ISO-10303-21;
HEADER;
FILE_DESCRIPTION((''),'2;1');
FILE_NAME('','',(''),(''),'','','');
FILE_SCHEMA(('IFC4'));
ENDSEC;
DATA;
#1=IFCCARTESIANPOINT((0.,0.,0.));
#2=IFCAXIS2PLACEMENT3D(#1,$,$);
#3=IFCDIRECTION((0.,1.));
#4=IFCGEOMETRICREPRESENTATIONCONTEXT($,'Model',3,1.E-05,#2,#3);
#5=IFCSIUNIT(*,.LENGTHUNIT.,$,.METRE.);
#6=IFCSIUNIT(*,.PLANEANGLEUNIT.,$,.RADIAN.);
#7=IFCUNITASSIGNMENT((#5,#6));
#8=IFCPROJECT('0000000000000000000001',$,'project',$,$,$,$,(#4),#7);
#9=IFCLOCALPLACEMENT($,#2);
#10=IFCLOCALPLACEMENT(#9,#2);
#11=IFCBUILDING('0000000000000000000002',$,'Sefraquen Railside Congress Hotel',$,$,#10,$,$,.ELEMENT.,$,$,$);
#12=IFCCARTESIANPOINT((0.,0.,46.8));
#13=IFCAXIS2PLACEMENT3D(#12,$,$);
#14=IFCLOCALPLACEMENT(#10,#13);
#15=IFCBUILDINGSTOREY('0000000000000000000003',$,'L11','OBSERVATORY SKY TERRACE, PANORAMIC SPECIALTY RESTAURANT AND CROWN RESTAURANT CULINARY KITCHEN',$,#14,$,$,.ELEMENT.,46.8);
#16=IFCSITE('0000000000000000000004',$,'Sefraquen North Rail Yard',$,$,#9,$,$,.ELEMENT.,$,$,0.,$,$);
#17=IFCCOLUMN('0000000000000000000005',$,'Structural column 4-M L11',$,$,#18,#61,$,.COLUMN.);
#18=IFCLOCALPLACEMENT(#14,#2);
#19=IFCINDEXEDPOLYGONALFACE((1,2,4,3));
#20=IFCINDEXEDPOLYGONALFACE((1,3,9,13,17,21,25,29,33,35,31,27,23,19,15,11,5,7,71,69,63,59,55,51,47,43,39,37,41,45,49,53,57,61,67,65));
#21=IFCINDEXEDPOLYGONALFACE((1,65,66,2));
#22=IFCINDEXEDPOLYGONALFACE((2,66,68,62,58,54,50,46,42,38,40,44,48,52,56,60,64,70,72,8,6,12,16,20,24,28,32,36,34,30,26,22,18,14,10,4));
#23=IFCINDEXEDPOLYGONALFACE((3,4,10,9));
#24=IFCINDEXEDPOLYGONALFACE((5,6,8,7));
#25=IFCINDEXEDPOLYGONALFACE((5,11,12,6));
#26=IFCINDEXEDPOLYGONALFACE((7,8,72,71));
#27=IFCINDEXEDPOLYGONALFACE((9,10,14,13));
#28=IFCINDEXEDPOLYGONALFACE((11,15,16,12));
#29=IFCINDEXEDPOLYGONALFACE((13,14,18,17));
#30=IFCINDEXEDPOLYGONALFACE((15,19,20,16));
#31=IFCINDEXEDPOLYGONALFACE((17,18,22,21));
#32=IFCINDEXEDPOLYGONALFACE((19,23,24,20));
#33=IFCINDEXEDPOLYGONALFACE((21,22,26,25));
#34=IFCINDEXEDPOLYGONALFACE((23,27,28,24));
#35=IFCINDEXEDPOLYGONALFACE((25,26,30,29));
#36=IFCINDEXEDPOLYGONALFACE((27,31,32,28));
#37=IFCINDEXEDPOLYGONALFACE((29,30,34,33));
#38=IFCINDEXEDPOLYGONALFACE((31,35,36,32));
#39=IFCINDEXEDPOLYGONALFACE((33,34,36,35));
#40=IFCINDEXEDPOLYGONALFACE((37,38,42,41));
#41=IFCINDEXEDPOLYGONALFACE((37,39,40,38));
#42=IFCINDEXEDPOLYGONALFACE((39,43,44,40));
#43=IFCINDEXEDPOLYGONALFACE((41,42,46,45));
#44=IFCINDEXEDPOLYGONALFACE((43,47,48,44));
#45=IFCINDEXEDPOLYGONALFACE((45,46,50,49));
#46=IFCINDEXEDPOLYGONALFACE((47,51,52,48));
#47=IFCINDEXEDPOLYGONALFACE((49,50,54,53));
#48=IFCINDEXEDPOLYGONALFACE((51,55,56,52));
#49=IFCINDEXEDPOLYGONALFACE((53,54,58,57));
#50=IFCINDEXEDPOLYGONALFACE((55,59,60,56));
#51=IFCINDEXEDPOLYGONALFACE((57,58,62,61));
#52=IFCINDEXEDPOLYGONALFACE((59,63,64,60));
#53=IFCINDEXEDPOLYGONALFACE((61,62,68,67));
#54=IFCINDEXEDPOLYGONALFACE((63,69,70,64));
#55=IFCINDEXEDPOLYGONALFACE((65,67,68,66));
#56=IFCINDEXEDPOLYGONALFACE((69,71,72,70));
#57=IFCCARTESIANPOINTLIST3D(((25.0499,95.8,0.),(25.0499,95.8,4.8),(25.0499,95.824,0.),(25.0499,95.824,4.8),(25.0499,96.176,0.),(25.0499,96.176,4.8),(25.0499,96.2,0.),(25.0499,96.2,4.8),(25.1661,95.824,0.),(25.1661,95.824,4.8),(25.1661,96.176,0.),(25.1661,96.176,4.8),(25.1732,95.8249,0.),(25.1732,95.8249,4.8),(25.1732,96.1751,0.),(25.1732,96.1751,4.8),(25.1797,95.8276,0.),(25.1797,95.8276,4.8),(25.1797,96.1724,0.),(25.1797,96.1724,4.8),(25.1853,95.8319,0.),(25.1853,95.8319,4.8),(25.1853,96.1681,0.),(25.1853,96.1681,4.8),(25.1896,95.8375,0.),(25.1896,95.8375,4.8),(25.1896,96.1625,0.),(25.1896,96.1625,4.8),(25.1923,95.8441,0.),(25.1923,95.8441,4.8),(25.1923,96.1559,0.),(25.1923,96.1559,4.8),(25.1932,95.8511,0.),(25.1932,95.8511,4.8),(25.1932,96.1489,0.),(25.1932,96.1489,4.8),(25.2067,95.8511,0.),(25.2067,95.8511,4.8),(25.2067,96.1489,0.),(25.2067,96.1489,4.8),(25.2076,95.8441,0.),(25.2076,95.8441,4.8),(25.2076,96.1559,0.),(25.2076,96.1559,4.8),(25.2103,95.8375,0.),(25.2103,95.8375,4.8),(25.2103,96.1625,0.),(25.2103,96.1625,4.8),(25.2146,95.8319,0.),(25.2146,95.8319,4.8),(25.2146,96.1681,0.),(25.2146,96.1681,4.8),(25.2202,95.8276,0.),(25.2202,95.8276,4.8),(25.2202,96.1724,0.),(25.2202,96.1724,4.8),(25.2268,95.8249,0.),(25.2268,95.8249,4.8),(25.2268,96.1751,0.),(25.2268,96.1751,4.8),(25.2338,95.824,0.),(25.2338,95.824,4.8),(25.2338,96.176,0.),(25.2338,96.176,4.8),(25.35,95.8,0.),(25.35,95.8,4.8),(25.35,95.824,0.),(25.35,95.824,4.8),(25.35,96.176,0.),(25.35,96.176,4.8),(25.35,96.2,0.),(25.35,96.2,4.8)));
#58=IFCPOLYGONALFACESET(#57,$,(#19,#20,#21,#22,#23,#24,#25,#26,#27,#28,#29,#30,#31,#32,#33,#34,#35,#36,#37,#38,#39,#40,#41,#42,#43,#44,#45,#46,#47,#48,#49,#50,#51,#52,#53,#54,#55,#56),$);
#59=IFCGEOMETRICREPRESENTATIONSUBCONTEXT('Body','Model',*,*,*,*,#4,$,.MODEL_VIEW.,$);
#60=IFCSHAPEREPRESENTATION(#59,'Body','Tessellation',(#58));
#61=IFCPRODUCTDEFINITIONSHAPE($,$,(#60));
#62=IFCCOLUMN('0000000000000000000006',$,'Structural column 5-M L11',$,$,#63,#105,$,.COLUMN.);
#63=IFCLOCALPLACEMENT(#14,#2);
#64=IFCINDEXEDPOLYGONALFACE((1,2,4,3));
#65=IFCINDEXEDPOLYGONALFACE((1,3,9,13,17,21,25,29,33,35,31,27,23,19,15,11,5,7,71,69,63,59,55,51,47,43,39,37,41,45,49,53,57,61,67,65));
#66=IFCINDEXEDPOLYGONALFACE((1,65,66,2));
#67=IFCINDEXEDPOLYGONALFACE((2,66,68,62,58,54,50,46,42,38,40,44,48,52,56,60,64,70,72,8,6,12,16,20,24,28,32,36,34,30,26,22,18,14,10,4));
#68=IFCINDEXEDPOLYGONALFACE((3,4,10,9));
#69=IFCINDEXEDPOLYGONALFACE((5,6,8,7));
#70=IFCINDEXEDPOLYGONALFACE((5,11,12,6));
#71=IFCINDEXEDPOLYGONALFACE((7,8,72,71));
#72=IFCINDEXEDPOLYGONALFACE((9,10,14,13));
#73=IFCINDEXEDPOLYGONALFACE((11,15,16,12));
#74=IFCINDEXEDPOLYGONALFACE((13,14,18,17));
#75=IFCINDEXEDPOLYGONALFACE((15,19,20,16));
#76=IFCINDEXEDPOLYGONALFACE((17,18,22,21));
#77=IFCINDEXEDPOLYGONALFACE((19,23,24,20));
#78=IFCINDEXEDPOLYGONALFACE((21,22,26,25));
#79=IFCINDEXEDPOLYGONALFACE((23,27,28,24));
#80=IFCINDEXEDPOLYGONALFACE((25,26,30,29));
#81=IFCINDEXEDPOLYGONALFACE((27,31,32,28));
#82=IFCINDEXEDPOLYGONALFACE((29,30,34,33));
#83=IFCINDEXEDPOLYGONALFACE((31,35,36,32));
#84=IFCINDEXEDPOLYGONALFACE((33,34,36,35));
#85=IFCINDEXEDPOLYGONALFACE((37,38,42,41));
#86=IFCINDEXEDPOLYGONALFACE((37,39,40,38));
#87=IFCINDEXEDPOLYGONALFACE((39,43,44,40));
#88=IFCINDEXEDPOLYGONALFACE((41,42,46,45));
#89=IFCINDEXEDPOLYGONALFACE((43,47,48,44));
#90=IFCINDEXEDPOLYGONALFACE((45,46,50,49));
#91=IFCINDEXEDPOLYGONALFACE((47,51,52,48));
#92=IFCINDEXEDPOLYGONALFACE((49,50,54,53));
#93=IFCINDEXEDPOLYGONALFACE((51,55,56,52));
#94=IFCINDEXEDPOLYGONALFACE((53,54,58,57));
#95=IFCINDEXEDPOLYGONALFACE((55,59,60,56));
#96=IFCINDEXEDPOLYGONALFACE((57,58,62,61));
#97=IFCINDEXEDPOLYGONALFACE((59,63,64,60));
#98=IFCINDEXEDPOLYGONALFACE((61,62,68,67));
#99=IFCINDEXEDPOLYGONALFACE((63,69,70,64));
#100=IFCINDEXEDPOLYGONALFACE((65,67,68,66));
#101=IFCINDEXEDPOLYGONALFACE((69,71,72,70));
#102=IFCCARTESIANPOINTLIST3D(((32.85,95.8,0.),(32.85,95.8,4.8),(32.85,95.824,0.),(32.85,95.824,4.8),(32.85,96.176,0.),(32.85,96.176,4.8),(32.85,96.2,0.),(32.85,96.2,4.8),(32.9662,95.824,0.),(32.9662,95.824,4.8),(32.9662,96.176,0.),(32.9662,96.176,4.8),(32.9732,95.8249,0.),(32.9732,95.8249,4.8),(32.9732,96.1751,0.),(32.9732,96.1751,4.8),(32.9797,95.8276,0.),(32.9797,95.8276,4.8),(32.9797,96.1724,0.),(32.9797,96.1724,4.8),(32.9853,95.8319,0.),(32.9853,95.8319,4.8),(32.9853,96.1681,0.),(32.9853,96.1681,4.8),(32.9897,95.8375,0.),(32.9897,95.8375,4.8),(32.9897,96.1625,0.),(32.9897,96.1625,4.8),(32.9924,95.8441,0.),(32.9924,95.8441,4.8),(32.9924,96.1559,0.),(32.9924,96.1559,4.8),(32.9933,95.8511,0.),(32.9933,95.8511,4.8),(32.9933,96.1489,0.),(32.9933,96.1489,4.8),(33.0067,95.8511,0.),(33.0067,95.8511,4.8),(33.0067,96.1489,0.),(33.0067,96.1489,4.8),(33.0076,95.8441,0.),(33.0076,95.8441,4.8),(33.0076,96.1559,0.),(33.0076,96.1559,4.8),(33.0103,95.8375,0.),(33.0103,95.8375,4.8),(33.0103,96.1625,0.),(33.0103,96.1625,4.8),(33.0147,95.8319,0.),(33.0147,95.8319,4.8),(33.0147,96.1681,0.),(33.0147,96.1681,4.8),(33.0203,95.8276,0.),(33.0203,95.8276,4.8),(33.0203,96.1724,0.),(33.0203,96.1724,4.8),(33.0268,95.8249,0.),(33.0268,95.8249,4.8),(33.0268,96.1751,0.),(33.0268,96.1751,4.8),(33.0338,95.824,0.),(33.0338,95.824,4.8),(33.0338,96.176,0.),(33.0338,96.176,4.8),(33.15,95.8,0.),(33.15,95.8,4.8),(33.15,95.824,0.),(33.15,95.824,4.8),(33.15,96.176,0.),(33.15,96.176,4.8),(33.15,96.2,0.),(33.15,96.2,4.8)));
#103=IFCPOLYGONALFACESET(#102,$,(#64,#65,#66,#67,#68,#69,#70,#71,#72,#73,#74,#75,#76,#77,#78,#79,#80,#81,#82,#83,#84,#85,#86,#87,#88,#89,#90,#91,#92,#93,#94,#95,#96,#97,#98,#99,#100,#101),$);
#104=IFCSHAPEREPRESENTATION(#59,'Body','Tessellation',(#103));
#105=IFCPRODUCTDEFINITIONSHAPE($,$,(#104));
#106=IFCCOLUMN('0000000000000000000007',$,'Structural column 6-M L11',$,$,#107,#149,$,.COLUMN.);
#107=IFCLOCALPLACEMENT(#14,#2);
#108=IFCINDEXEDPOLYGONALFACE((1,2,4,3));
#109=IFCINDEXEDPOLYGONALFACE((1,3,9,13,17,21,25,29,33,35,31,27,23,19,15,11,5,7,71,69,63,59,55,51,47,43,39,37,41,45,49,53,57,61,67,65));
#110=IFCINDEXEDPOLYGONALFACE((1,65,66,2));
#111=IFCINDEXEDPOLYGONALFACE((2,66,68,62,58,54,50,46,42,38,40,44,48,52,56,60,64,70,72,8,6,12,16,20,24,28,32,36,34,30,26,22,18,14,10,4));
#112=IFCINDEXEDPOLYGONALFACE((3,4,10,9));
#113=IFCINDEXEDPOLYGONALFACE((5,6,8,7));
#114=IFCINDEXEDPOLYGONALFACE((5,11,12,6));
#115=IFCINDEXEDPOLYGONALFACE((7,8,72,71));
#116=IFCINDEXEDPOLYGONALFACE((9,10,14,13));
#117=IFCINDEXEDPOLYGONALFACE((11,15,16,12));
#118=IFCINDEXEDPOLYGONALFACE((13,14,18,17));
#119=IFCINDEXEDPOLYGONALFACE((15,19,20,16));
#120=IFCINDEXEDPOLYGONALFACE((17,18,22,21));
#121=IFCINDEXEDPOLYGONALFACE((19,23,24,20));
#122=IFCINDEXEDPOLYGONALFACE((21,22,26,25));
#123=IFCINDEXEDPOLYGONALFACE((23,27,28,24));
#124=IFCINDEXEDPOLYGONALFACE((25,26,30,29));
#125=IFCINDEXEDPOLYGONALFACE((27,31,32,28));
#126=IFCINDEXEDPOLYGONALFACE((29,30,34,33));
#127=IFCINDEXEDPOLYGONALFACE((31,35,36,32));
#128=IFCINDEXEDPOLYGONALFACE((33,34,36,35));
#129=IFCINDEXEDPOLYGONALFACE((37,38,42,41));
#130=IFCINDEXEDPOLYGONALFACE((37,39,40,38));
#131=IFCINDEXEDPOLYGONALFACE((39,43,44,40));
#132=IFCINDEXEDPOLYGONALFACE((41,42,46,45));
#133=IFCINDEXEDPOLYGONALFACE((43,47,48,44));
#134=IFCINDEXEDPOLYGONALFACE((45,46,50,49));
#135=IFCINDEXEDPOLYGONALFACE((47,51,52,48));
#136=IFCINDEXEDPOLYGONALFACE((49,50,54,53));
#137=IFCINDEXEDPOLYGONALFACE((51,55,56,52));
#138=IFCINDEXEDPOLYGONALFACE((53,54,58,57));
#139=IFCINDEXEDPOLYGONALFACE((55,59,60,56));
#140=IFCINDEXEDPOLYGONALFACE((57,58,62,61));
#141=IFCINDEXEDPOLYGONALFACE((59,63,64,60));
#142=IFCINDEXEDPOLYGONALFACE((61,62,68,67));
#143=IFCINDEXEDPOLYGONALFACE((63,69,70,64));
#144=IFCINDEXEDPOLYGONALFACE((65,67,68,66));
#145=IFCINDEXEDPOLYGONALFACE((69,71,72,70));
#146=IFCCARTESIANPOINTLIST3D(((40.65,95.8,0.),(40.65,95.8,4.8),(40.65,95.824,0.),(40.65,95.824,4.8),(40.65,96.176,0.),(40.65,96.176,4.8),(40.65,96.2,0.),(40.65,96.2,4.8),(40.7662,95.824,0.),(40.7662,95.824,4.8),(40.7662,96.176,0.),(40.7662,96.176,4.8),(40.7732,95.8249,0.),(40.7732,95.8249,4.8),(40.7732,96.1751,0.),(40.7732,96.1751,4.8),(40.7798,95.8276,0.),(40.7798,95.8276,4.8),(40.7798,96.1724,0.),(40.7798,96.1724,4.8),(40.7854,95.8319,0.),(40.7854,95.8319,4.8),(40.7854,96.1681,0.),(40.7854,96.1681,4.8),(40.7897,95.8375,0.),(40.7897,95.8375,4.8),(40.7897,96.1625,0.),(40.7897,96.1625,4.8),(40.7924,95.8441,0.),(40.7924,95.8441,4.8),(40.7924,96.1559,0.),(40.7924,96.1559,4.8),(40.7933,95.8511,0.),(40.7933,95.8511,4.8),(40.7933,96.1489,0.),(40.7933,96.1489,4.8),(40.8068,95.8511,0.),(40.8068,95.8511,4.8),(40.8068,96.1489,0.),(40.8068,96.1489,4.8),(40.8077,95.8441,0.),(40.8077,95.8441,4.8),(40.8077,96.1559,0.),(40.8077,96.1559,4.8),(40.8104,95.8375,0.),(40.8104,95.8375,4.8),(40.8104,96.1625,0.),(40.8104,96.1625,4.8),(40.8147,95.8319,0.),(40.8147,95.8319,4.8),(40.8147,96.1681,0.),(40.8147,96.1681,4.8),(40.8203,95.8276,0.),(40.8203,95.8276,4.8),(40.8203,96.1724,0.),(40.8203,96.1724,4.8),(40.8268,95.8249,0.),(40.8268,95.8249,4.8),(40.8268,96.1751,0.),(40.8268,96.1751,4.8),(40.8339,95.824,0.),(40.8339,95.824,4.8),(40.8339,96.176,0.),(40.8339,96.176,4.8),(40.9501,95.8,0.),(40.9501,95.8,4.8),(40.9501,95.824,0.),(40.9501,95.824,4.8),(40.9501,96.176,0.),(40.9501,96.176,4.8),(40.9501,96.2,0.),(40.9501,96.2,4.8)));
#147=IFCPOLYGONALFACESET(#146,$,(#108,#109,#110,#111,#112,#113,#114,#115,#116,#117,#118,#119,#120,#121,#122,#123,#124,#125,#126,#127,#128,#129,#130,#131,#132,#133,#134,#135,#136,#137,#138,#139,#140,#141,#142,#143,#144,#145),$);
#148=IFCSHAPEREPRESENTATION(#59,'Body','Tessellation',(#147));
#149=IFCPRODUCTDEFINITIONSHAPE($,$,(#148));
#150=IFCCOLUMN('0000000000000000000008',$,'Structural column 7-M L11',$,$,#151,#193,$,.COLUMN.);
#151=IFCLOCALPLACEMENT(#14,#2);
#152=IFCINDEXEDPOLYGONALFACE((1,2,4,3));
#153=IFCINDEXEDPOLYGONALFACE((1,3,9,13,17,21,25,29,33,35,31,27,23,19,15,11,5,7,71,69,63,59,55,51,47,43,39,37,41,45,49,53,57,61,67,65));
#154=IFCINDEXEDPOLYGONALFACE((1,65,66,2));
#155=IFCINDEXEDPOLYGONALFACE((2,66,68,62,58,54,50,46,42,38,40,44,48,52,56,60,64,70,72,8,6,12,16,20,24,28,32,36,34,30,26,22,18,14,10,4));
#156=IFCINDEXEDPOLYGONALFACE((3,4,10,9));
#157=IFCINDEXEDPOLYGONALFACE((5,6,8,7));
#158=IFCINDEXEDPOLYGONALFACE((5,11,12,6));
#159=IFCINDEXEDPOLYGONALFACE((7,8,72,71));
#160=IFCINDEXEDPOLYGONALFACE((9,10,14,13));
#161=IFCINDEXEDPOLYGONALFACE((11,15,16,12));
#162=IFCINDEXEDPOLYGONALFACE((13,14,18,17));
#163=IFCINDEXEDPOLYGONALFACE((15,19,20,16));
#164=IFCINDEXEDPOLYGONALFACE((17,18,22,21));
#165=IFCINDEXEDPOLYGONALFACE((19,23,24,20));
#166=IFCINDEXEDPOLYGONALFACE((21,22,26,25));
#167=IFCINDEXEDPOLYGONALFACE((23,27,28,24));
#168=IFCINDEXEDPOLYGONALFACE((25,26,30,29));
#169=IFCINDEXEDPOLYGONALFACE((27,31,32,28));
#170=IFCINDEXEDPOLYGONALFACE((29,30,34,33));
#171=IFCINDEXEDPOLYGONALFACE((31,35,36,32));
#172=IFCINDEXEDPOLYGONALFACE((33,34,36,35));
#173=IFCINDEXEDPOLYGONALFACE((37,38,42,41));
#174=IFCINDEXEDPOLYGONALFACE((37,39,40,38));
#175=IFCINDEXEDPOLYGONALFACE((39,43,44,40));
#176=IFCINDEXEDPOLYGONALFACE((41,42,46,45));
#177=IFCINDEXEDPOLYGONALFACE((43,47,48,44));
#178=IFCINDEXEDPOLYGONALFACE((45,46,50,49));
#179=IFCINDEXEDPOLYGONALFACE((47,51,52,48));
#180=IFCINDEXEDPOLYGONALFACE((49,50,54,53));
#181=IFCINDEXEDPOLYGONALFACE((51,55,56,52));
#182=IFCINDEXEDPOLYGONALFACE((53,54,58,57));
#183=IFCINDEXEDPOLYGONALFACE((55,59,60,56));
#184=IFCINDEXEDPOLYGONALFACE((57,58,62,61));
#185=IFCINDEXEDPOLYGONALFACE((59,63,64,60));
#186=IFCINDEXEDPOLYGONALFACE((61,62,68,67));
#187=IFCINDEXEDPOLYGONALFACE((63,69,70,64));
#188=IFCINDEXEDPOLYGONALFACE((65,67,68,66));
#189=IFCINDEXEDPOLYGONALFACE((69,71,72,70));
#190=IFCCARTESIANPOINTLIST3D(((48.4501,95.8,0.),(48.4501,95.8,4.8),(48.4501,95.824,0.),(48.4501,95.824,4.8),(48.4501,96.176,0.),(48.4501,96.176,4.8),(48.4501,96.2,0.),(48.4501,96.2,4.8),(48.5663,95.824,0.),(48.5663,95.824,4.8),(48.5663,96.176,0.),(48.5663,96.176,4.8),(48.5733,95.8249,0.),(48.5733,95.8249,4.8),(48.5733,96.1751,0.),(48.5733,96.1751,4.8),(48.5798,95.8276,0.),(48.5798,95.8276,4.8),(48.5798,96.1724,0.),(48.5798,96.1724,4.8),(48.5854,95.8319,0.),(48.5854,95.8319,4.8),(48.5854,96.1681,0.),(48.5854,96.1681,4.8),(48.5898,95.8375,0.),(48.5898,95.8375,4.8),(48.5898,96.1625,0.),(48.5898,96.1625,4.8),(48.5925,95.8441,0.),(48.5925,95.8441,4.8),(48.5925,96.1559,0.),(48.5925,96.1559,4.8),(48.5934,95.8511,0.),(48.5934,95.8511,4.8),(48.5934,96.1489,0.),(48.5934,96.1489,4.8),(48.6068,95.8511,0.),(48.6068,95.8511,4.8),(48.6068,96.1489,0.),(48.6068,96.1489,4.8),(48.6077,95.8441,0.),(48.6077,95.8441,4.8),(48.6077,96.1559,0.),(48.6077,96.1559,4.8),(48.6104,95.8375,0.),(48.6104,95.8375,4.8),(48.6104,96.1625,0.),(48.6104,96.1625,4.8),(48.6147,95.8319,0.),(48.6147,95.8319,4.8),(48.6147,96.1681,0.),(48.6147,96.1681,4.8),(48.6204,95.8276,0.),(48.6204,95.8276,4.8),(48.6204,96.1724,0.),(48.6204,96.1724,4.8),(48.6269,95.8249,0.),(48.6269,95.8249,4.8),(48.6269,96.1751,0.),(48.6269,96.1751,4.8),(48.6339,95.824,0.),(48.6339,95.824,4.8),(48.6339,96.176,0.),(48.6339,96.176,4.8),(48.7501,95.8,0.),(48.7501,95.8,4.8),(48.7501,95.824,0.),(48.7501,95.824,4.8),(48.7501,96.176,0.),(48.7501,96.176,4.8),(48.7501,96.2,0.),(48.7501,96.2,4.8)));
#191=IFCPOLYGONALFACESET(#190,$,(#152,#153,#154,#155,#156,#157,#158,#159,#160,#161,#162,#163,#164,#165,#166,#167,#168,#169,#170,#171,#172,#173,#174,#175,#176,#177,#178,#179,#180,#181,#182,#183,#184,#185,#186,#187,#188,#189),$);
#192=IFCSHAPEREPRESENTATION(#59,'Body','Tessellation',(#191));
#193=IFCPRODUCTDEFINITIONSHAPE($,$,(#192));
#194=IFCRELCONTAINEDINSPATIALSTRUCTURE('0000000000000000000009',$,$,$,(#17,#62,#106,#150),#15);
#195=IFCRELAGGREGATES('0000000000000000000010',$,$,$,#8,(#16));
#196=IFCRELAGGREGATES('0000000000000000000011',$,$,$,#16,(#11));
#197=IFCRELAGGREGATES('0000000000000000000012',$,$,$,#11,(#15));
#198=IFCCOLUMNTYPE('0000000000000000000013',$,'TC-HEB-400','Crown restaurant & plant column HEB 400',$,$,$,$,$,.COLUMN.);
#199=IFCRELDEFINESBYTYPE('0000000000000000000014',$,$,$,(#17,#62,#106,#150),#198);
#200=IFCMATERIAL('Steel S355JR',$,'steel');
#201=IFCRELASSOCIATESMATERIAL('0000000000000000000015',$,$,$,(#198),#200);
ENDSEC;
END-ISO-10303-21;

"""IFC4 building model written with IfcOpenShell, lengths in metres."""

from ifc_helpers import new_model, si_unit, direction, frame, origin, origin_2d, place, context, subcontext, project, spatial, i_section, extrude, material, material_profile, profile_set, type_object, element, save


model = new_model("IFC4")

# Units and contexts
model_context = context("Model", 3, precision=1e-05, world=origin(), true_north=direction((0.0, 1.0)))
body_context = subcontext(model_context, "Body", "Model", "MODEL_VIEW")
ifc_project = project(units=[si_unit("LENGTHUNIT", "METRE"), si_unit("PLANEANGLEUNIT", "RADIAN")], contexts=[model_context])

# Site, building, storey
site_placement = place(None, origin())
site = spatial("IfcSite", under=ifc_project, at=site_placement, Name="Sefraquen North Rail Yard", CompositionType="ELEMENT", RefElevation=0.0)
building_placement = place(site_placement, origin())
building = spatial("IfcBuilding", under=site, at=building_placement, Name="Sefraquen Railside Congress Hotel", CompositionType="ELEMENT")
storey_placement = place(building_placement, frame((0.0, 0.0, 46.8)))
storey = spatial("IfcBuildingStorey", under=building, at=storey_placement, Name="L11", Description="OBSERVATORY SKY TERRACE, PANORAMIC SPECIALTY RESTAURANT AND CROWN RESTAURANT CULINARY KITCHEN", CompositionType="ELEMENT", Elevation=46.8)

# Columns
ifc_material = material(Name="Steel S355JR", Category="steel")
ifc_material_profile_1 = material_profile(ifc_material, i_section(OverallWidth=0.3, OverallDepth=0.3999, WebThickness=0.0134, FlangeThickness=0.0239, FilletRadius=0.0271, at=origin_2d()), Name="HEB 400")
ifc_profile_set_1 = profile_set([ifc_material_profile_1], Name="Steel S355JR")
column_type = type_object("IfcColumnType", Name="TC-HEB-400", Description="Crown restaurant & plant column HEB 400", PredefinedType="COLUMN", material=ifc_profile_set_1)
for number, where, z_axis, x_axis, name in (
    (1, (25.2, 96.0, 0.0), (0.0, 0.0, 1.0), (1.0, 0.0, 0.0), "Structural column 4-M L11"),
    (2, (33.0, 96.0, 0.0), (0.0, 0.0, 1.0), (1.0, 0.0, 0.0), "Structural column 5-M L11"),
    (3, (40.8, 96.0, 0.0), (0.0, 0.0, 1.0), (1.0, 0.0, 0.0), "Structural column 6-M L11"),
    (4, (48.6001, 96.0, 0.0), (0.0, 0.0, 1.0), (1.0, 0.0, 0.0), "Structural column 7-M L11"),
):
    element("IfcColumn", number, at=place(storey_placement, frame(where, z_axis=z_axis, x_axis=x_axis)), inside=storey, type_object=column_type, Name=name, PredefinedType="COLUMN", context=body_context, shape_type="SweptSolid", body=[
        extrude(i_section(OverallWidth=0.3, OverallDepth=0.3999, WebThickness=0.0134, FlangeThickness=0.0239, FilletRadius=0.0271, at=origin_2d()), origin(), (0.0, 0.0, 1.0), 4.8),
    ])

save(model, "model.ifc")
